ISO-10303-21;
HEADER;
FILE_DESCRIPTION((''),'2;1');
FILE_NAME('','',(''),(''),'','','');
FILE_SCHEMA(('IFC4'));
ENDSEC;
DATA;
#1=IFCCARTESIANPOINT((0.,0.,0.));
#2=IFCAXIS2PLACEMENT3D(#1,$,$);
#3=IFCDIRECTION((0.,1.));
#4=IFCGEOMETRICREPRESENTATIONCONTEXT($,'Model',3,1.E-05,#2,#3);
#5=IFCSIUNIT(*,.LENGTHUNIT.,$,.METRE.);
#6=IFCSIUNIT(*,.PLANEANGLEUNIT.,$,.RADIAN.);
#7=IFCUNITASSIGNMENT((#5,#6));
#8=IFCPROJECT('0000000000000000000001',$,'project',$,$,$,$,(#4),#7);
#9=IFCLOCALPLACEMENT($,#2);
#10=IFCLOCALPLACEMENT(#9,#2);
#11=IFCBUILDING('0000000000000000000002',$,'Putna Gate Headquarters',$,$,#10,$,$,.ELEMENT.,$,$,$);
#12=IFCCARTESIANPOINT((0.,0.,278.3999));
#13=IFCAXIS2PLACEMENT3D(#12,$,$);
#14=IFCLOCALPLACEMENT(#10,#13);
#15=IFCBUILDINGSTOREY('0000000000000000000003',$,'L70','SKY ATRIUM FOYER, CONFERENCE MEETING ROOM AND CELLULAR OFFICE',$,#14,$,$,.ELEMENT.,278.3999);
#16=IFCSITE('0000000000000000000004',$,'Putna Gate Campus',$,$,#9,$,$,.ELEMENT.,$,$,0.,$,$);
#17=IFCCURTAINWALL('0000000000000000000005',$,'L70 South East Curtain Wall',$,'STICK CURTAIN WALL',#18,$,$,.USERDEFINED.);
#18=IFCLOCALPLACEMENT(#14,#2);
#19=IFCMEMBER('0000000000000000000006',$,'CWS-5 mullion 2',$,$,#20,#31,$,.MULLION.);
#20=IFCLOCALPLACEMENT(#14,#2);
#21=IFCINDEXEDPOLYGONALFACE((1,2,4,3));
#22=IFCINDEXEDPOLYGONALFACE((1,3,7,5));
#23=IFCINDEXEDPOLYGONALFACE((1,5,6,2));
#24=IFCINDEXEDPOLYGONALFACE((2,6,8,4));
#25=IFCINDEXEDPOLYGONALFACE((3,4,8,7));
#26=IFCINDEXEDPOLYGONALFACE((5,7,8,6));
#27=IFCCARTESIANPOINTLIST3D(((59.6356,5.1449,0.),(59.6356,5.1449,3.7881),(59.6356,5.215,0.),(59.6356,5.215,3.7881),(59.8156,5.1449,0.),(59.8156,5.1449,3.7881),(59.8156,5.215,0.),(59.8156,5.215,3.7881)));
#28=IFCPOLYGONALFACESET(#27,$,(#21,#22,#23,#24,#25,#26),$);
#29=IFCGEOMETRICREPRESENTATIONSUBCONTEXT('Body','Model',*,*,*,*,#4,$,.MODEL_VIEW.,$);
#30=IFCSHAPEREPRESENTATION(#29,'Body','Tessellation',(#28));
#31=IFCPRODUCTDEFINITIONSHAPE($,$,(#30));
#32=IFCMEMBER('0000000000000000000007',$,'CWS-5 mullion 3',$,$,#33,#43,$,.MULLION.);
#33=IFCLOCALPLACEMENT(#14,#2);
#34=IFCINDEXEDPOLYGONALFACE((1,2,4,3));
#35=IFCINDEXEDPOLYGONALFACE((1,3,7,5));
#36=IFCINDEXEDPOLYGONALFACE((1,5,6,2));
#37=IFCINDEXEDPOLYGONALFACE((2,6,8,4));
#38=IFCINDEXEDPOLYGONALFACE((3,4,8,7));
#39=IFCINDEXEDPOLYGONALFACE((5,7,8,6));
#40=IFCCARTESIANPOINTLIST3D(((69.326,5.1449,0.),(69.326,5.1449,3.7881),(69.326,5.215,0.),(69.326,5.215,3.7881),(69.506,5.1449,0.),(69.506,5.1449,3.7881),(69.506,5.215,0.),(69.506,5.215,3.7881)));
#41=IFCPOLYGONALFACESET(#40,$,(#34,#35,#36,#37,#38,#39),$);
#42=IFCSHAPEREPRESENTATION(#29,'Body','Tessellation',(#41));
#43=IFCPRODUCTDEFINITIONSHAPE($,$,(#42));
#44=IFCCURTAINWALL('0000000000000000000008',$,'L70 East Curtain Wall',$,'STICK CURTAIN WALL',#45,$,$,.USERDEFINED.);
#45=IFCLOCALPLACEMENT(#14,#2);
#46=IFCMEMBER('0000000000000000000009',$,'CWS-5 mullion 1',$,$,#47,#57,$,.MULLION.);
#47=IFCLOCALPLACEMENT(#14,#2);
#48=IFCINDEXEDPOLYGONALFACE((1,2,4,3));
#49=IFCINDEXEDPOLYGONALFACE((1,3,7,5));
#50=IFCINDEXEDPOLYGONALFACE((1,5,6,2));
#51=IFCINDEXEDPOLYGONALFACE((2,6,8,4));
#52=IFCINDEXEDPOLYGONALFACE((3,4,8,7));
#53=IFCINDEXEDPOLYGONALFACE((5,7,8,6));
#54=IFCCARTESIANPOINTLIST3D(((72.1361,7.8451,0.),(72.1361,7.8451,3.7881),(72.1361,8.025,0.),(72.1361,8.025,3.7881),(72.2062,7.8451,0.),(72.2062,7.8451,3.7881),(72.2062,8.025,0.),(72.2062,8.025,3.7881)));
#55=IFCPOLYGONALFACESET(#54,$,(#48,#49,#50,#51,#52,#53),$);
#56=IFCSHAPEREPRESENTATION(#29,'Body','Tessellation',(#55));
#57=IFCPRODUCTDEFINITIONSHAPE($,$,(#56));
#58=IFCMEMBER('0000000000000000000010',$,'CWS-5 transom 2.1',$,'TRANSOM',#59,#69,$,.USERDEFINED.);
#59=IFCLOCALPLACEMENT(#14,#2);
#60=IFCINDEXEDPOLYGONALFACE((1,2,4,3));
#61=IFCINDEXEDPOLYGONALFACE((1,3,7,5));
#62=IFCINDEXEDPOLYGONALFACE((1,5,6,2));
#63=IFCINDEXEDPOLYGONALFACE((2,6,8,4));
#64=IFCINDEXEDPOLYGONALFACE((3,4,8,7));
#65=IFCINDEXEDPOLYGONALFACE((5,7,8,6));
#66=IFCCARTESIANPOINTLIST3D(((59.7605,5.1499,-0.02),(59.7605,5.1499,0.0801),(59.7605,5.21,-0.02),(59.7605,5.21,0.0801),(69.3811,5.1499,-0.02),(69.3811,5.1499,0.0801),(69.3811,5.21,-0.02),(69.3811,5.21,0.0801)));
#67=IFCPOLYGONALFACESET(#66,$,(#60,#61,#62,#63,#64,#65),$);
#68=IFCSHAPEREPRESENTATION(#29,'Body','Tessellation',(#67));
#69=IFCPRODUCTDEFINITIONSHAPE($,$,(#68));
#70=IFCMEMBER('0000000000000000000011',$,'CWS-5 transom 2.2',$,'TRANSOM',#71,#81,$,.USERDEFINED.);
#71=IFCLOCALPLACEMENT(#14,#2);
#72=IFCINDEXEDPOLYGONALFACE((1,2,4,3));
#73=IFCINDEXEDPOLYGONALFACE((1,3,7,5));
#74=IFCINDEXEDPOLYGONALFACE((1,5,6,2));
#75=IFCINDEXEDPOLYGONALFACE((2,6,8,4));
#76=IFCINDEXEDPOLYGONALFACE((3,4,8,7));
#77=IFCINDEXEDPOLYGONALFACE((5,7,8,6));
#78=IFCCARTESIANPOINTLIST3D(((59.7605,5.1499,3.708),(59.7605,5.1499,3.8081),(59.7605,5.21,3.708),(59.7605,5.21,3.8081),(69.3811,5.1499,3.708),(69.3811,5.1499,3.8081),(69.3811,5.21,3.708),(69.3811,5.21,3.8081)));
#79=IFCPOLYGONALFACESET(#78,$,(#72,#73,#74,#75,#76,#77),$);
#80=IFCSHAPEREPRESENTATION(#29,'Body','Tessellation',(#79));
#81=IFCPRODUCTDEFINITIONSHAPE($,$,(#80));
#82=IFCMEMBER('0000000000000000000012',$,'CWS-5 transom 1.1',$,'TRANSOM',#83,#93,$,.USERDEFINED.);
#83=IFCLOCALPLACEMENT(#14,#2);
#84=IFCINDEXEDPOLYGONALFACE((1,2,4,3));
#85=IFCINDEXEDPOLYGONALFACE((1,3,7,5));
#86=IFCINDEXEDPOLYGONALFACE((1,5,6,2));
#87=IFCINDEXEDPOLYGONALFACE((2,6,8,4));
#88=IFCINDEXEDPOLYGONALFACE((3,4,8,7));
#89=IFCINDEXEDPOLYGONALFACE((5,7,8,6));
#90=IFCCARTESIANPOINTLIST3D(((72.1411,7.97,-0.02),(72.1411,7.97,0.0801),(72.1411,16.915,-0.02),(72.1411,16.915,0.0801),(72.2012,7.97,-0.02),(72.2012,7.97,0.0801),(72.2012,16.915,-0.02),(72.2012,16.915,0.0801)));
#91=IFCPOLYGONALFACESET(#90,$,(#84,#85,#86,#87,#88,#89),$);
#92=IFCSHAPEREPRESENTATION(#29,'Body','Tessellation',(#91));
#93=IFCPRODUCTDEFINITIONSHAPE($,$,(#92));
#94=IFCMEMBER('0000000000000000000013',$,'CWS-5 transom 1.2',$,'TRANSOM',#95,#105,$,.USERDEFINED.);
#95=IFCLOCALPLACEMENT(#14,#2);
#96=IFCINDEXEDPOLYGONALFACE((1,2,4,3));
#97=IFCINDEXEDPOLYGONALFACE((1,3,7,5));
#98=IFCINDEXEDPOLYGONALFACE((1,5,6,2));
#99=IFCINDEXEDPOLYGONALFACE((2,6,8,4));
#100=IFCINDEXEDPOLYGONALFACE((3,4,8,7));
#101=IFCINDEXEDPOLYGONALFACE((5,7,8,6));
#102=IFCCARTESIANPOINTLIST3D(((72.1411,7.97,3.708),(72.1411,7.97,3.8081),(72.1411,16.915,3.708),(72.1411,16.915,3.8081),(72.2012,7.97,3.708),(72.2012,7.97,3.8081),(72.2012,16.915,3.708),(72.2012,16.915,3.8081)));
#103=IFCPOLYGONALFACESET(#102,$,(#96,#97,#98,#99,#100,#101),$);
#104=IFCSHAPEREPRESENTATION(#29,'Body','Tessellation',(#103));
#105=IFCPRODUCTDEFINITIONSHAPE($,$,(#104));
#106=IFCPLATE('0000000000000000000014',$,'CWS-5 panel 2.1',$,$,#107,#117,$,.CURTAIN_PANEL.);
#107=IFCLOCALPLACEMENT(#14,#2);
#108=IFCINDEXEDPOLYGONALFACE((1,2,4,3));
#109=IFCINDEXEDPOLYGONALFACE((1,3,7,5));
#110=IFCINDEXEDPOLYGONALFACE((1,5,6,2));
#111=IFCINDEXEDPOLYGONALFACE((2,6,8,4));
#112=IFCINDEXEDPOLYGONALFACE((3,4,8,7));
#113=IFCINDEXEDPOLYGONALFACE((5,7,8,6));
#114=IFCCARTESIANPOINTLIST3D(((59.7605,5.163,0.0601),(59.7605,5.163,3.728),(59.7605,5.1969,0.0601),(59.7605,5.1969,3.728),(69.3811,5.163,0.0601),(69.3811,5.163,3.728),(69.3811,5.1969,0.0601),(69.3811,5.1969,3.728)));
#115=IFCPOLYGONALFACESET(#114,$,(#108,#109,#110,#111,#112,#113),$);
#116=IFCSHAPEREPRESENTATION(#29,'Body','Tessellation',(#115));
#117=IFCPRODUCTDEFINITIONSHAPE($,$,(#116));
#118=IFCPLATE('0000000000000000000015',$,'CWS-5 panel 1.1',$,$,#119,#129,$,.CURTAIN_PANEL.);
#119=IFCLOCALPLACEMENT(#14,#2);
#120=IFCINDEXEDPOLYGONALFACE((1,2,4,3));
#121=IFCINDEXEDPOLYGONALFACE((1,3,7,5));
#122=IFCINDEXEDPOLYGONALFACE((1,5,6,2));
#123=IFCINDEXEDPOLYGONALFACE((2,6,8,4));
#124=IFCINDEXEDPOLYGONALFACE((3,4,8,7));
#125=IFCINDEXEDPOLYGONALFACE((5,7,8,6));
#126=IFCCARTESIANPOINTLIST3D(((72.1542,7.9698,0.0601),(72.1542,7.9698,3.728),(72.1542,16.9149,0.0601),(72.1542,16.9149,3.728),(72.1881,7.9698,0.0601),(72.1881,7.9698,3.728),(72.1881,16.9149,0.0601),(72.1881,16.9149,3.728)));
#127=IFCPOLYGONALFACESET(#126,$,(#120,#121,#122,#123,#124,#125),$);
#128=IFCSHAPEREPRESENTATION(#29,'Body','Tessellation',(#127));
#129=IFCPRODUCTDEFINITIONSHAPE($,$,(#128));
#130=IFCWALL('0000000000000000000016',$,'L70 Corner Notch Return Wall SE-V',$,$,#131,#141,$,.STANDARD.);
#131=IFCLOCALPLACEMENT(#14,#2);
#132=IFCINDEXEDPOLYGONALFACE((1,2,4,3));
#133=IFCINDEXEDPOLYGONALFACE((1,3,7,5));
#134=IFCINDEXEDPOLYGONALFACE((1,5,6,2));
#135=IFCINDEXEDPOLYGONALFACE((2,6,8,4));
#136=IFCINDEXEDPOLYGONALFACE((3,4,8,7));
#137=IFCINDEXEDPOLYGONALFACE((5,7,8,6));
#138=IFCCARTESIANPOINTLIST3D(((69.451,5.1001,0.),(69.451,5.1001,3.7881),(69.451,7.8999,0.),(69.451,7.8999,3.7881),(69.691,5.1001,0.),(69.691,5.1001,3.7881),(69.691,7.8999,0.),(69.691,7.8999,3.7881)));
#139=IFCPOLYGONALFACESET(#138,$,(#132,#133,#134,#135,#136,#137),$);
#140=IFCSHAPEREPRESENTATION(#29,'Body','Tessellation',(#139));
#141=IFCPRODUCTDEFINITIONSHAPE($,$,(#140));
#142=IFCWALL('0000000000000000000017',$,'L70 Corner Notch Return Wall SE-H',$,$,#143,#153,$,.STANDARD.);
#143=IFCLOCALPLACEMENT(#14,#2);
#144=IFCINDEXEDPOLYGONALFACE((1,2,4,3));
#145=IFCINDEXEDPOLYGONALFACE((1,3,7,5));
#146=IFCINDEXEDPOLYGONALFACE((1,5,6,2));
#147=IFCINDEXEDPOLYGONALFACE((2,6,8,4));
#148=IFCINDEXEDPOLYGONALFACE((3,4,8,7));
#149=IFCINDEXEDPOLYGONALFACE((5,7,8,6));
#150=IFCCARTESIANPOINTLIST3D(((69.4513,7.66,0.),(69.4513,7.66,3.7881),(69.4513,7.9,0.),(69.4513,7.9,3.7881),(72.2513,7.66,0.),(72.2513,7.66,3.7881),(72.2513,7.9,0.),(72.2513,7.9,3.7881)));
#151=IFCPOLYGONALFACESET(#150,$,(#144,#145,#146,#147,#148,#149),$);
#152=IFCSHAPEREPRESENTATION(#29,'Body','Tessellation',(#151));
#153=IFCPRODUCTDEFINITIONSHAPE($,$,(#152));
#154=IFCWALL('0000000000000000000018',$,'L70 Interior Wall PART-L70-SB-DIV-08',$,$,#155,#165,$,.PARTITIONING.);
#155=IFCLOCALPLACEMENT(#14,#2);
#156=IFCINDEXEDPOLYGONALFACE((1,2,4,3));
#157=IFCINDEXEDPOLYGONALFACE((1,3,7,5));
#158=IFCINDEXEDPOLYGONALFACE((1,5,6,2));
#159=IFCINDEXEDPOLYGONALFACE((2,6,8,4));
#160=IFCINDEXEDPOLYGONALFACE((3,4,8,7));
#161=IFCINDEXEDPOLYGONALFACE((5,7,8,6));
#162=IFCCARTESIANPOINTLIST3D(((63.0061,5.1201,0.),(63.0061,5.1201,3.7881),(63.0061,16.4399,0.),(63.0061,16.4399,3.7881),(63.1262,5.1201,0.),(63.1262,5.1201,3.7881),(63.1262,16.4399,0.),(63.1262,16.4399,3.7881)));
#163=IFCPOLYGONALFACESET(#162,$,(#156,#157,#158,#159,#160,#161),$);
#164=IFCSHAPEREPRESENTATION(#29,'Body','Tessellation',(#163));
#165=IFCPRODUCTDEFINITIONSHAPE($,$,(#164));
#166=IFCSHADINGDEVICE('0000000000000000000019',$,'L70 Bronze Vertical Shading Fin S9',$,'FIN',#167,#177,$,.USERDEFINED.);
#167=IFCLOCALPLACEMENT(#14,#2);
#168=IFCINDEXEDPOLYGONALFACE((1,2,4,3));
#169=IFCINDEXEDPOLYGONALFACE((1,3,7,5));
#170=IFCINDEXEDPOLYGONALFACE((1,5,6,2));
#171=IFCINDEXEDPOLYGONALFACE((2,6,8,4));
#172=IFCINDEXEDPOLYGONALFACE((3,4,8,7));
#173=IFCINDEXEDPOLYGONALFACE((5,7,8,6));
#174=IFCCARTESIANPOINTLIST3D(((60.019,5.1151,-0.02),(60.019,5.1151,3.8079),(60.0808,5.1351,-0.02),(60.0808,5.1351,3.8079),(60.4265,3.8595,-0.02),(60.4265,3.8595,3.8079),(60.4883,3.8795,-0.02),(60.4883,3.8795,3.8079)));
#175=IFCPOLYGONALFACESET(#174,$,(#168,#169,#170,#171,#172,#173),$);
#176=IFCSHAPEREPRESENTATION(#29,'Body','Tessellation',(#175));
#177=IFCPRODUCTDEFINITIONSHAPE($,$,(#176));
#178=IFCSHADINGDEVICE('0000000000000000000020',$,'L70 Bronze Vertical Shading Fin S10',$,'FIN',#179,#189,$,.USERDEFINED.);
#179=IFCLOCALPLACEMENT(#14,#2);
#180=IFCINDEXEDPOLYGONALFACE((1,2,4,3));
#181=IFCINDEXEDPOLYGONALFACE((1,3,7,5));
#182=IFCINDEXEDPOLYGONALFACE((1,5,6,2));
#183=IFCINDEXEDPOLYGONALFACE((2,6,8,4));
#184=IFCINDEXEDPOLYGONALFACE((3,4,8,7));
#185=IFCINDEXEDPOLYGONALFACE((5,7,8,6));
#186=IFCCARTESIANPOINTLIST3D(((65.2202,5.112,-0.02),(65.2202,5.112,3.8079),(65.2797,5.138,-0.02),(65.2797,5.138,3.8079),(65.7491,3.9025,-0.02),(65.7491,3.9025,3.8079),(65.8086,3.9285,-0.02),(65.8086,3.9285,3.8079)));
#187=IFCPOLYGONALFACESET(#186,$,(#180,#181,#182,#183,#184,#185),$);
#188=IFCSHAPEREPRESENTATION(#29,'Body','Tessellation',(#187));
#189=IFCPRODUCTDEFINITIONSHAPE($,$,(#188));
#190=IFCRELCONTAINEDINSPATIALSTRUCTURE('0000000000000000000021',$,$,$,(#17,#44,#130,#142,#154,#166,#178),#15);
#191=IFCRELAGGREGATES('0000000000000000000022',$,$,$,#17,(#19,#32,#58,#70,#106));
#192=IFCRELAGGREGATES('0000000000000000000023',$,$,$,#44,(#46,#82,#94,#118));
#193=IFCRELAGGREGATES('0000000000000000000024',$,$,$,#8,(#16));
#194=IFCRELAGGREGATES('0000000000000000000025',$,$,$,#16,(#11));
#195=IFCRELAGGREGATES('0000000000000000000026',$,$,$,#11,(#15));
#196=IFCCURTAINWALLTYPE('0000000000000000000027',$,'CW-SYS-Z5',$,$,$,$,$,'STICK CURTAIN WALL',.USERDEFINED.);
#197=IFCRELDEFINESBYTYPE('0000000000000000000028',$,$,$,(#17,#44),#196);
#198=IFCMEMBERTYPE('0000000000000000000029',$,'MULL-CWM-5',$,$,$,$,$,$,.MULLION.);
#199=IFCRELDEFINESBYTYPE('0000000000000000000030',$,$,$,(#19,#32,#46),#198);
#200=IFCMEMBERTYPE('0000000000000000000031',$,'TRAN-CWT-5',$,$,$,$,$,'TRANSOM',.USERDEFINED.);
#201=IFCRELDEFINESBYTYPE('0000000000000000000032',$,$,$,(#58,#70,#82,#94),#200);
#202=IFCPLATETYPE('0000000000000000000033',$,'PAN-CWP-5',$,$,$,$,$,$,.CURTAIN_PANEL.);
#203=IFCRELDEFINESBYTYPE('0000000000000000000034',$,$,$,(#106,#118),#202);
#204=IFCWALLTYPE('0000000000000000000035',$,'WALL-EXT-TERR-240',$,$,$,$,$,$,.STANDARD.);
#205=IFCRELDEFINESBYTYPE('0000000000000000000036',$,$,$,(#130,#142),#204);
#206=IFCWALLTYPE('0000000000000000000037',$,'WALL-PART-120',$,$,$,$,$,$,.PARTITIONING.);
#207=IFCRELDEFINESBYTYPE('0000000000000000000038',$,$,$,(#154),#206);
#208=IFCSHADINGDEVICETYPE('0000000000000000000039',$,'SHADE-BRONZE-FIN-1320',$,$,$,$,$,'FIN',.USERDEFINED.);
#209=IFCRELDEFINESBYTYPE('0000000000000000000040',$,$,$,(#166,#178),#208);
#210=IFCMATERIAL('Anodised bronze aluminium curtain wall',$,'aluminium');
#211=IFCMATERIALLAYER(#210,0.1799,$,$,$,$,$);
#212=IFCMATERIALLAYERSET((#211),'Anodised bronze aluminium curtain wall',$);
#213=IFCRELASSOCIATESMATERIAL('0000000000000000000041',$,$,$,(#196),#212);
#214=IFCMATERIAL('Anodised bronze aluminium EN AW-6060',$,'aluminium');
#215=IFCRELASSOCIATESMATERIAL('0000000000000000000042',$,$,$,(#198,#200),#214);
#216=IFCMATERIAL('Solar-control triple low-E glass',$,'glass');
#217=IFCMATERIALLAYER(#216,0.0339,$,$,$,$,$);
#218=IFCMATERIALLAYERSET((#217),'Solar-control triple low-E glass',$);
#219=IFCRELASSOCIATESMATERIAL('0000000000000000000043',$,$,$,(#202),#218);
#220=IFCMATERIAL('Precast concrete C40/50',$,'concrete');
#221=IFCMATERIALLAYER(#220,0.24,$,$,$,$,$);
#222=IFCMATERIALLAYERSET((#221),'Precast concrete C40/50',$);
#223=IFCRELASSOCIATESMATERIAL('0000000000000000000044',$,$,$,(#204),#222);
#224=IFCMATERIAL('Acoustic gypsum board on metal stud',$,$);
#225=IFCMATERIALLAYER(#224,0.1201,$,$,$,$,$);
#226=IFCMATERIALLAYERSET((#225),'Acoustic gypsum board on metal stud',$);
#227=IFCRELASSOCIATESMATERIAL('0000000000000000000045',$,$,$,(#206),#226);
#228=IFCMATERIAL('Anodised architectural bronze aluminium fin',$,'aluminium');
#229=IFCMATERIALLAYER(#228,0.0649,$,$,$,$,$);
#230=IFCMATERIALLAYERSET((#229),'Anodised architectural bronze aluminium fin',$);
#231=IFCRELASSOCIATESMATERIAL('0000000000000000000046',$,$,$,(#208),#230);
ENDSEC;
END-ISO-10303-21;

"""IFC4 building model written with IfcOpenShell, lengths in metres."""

from ifc_helpers import new_model, si_unit, direction, frame, frame_2d, origin, origin_2d, place, context, subcontext, project, spatial, rectangle, extrude, material, layer, layer_set, material_profile, profile_set, type_object, element, aggregate, save


model = new_model("IFC4")

# Units and contexts
model_context = context("Model", 3, precision=1e-05, world=origin(), true_north=direction((0.0, 1.0)))
body_context = subcontext(model_context, "Body", "Model", "MODEL_VIEW")
ifc_project = project(units=[si_unit("LENGTHUNIT", "METRE"), si_unit("PLANEANGLEUNIT", "RADIAN")], contexts=[model_context])

# Site, building, storey
site_placement = place(None, origin())
site = spatial("IfcSite", under=ifc_project, at=site_placement, Name="Putna Gate Campus", CompositionType="ELEMENT", RefElevation=0.0)
building_placement = place(site_placement, origin())
building = spatial("IfcBuilding", under=site, at=building_placement, Name="Putna Gate Headquarters", CompositionType="ELEMENT")
storey_placement = place(building_placement, frame((0.0, 0.0, 278.3999)))
storey = spatial("IfcBuildingStorey", under=building, at=storey_placement, Name="L70", Description="SKY ATRIUM FOYER, CONFERENCE MEETING ROOM AND CELLULAR OFFICE", CompositionType="ELEMENT", Elevation=278.3999)

# Curtain wall, members
ifc_material_1 = material(Name="Anodised bronze aluminium curtain wall", Category="aluminium")
ifc_layer_1 = layer(ifc_material_1, 0.1799)
ifc_layer_set_1 = layer_set([ifc_layer_1], Name="Anodised bronze aluminium curtain wall")
curtain_wall_type = type_object("IfcCurtainWallType", Name="CW-SYS-Z5", ElementType="STICK CURTAIN WALL", PredefinedType="USERDEFINED", material=ifc_layer_set_1)
curtain_wall_1_placement = place(storey_placement, origin())
curtain_wall_1 = element("IfcCurtainWall", 1, at=curtain_wall_1_placement, inside=storey, type_object=curtain_wall_type, Name="L70 South East Curtain Wall", ObjectType="STICK CURTAIN WALL", PredefinedType="USERDEFINED")
ifc_material_2 = material(Name="Anodised bronze aluminium EN AW-6060", Category="aluminium")
ifc_material_profile_1 = material_profile(ifc_material_2, rectangle(XDim=0.0701, YDim=0.1799, at=origin_2d()), Name="Anodised bronze aluminium EN AW-6060")
ifc_profile_set_1 = profile_set([ifc_material_profile_1], Name="Anodised bronze aluminium EN AW-6060")
member_type_1 = type_object("IfcMemberType", Name="MULL-CWM-5", PredefinedType="MULLION", material=ifc_profile_set_1)
member_1_placement = place(storey_placement, frame((59.7256, 5.1799, 0.0), z_axis=(0.0, 0.0, 1.0), x_axis=(0.0, 1.0, 0.0)))
member_1 = element("IfcMember", 2, at=member_1_placement, type_object=member_type_1, Name="CWS-5 mullion 2", PredefinedType="MULLION", context=body_context, shape_type="SweptSolid", body=[
    extrude(rectangle(XDim=0.0701, YDim=0.1799, at=origin_2d()), origin(), (0.0, 0.0, 1.0), 3.7881),
])
member_2_placement = place(storey_placement, frame((69.416, 5.1799, 0.0), z_axis=(0.0, 0.0, 1.0), x_axis=(0.0, 1.0, 0.0)))
member_2 = element("IfcMember", 3, at=member_2_placement, type_object=member_type_1, Name="CWS-5 mullion 3", PredefinedType="MULLION", context=body_context, shape_type="SweptSolid", body=[
    extrude(rectangle(XDim=0.0701, YDim=0.1799, at=origin_2d()), origin(), (0.0, 0.0, 1.0), 3.7881),
])

# Curtain wall, member
curtain_wall_2_placement = place(storey_placement, origin())
curtain_wall_2 = element("IfcCurtainWall", 4, at=curtain_wall_2_placement, inside=storey, type_object=curtain_wall_type, Name="L70 East Curtain Wall", ObjectType="STICK CURTAIN WALL", PredefinedType="USERDEFINED")
member_3_placement = place(storey_placement, frame((72.1711, 7.9351, 0.0), z_axis=(0.0, 0.0, 1.0), x_axis=(-1.0, 0.0, 0.0)))
member_3 = element("IfcMember", 5, at=member_3_placement, type_object=member_type_1, Name="CWS-5 mullion 1", PredefinedType="MULLION", context=body_context, shape_type="SweptSolid", body=[
    extrude(rectangle(XDim=0.0701, YDim=0.1799, at=origin_2d()), origin(), (0.0, 0.0, 1.0), 3.7881),
])

# Members
ifc_material_profile_2 = material_profile(ifc_material_2, rectangle(XDim=0.0601, YDim=0.1001, at=origin_2d()), Name="Anodised bronze aluminium EN AW-6060")
ifc_profile_set_2 = profile_set([ifc_material_profile_2], Name="Anodised bronze aluminium EN AW-6060")
member_type_2 = type_object("IfcMemberType", Name="TRAN-CWT-5", ElementType="TRANSOM", PredefinedType="USERDEFINED", material=ifc_profile_set_2)
member_4_placement = place(storey_placement, frame((59.7605, 5.1799, 0.03), z_axis=(1.0, 0.0, 0.0), x_axis=(0.0, 1.0, 0.0)))
member_4 = element("IfcMember", 6, at=member_4_placement, type_object=member_type_2, Name="CWS-5 transom 2.1", ObjectType="TRANSOM", PredefinedType="USERDEFINED", context=body_context, shape_type="SweptSolid", body=[
    extrude(rectangle(XDim=0.0601, YDim=0.1001, at=origin_2d()), origin(), (0.0, 0.0, 1.0), 9.6206),
])
member_5_placement = place(storey_placement, frame((59.7605, 5.1799, 3.7581), z_axis=(1.0, 0.0, 0.0), x_axis=(0.0, 1.0, 0.0)))
member_5 = element("IfcMember", 7, at=member_5_placement, type_object=member_type_2, Name="CWS-5 transom 2.2", ObjectType="TRANSOM", PredefinedType="USERDEFINED", context=body_context, shape_type="SweptSolid", body=[
    extrude(rectangle(XDim=0.0601, YDim=0.1001, at=origin_2d()), origin(), (0.0, 0.0, 1.0), 9.6206),
])
member_6_placement = place(storey_placement, frame((72.1711, 7.97, 0.03), z_axis=(0.0, 1.0, 0.0), x_axis=(-1.0, 0.0, 0.0)))
member_6 = element("IfcMember", 8, at=member_6_placement, type_object=member_type_2, Name="CWS-5 transom 1.1", ObjectType="TRANSOM", PredefinedType="USERDEFINED", context=body_context, shape_type="SweptSolid", body=[
    extrude(rectangle(XDim=0.0601, YDim=0.1001, at=origin_2d()), origin(), (0.0, 0.0, 1.0), 8.9451),
])
member_7_placement = place(storey_placement, frame((72.1711, 7.97, 3.7581), z_axis=(0.0, 1.0, 0.0), x_axis=(-1.0, 0.0, 0.0)))
member_7 = element("IfcMember", 9, at=member_7_placement, type_object=member_type_2, Name="CWS-5 transom 1.2", ObjectType="TRANSOM", PredefinedType="USERDEFINED", context=body_context, shape_type="SweptSolid", body=[
    extrude(rectangle(XDim=0.0601, YDim=0.1001, at=origin_2d()), origin(), (0.0, 0.0, 1.0), 8.9451),
])

# Plates
ifc_material_3 = material(Name="Solar-control triple low-E glass", Category="glass")
ifc_layer_2 = layer(ifc_material_3, 0.0339)
ifc_layer_set_2 = layer_set([ifc_layer_2], Name="Solar-control triple low-E glass")
plate_type = type_object("IfcPlateType", Name="PAN-CWP-5", PredefinedType="CURTAIN_PANEL", material=ifc_layer_set_2)
plate_1_placement = place(storey_placement, frame((64.5708, 5.1799, 0.0601), z_axis=(0.0, 0.0, 1.0), x_axis=(1.0, 0.0, 0.0)))
plate_1 = element("IfcPlate", 10, at=plate_1_placement, type_object=plate_type, Name="CWS-5 panel 2.1", PredefinedType="CURTAIN_PANEL", context=body_context, shape_type="SweptSolid", body=[
    extrude(rectangle(XDim=9.6206, YDim=0.0339, at=origin_2d()), origin(), (0.0, 0.0, 1.0), 3.668),
])
aggregate(curtain_wall_1, [member_1, member_2, member_4, member_5, plate_1])
plate_2_placement = place(storey_placement, frame((72.1711, 12.4424, 0.0601), z_axis=(0.0, 0.0, 1.0), x_axis=(0.0, 1.0, 0.0)))
plate_2 = element("IfcPlate", 11, at=plate_2_placement, type_object=plate_type, Name="CWS-5 panel 1.1", PredefinedType="CURTAIN_PANEL", context=body_context, shape_type="SweptSolid", body=[
    extrude(rectangle(XDim=8.9451, YDim=0.0339, at=origin_2d()), origin(), (0.0, 0.0, 1.0), 3.668),
])
aggregate(curtain_wall_2, [member_3, member_6, member_7, plate_2])

# Walls
ifc_material_4 = material(Name="Precast concrete C40/50", Category="concrete")
ifc_layer_3 = layer(ifc_material_4, 0.24)
ifc_layer_set_3 = layer_set([ifc_layer_3], Name="Precast concrete C40/50")
wall_type_1 = type_object("IfcWallType", Name="WALL-EXT-TERR-240", PredefinedType="STANDARD", material=ifc_layer_set_3)
wall_1_placement = place(storey_placement, frame((69.571, 7.8999, 0.0), z_axis=(0.0, 0.0, 1.0), x_axis=(0.0, -1.0, 0.0)))
element("IfcWall", 12, at=wall_1_placement, inside=storey, type_object=wall_type_1, Name="L70 Corner Notch Return Wall SE-V", PredefinedType="STANDARD", context=body_context, shape_type="SweptSolid", body=[
    extrude(rectangle(XDim=2.7998, YDim=0.24, at=frame_2d((1.3999, 0.0))), origin(), (0.0, 0.0, 1.0), 3.7881),
])
wall_2_placement = place(storey_placement, frame((72.2512, 7.78, 0.0), z_axis=(0.0, 0.0, 1.0), x_axis=(-1.0, 0.0, 0.0)))
element("IfcWall", 13, at=wall_2_placement, inside=storey, type_object=wall_type_1, Name="L70 Corner Notch Return Wall SE-H", PredefinedType="STANDARD", context=body_context, shape_type="SweptSolid", body=[
    extrude(rectangle(XDim=2.8, YDim=0.24, at=frame_2d((1.3999, 0.0))), origin(), (0.0, 0.0, 1.0), 3.7881),
])
ifc_material_5 = material(Name="Acoustic gypsum board on metal stud")
ifc_layer_4 = layer(ifc_material_5, 0.1201)
ifc_layer_set_4 = layer_set([ifc_layer_4], Name="Acoustic gypsum board on metal stud")
wall_type_2 = type_object("IfcWallType", Name="WALL-PART-120", PredefinedType="PARTITIONING", material=ifc_layer_set_4)
wall_3_placement = place(storey_placement, frame((63.0662, 5.1201, 0.0), z_axis=(0.0, 0.0, 1.0), x_axis=(0.0, 1.0, 0.0)))
element("IfcWall", 14, at=wall_3_placement, inside=storey, type_object=wall_type_2, Name="L70 Interior Wall PART-L70-SB-DIV-08", PredefinedType="PARTITIONING", context=body_context, shape_type="SweptSolid", body=[
    extrude(rectangle(XDim=11.3198, YDim=0.1201, at=frame_2d((5.6599, 0.0))), origin(), (0.0, 0.0, 1.0), 3.7881),
])

# Shading devices
ifc_material_6 = material(Name="Anodised architectural bronze aluminium fin", Category="aluminium")
ifc_layer_5 = layer(ifc_material_6, 0.0649)
ifc_layer_set_5 = layer_set([ifc_layer_5], Name="Anodised architectural bronze aluminium fin")
shading_device_type = type_object("IfcShadingDeviceType", Name="SHADE-BRONZE-FIN-1320", ElementType="FIN", PredefinedType="USERDEFINED", material=ifc_layer_set_5)
for number, where, z_axis, x_axis, name in (
    (15, (60.2537, 4.4973, -0.02), (0.0, 0.0, 1.0), (0.308685, -0.951164, 0.0), "L70 Bronze Vertical Shading Fin S9"),
    (16, (65.5144, 4.5203, -0.02), (0.0, 0.0, 1.0), (0.400669, -0.916223, 0.0), "L70 Bronze Vertical Shading Fin S10"),
):
    element("IfcShadingDevice", number, at=place(storey_placement, frame(where, z_axis=z_axis, x_axis=x_axis)), inside=storey, type_object=shading_device_type, Name=name, ObjectType="FIN", PredefinedType="USERDEFINED", context=body_context, shape_type="SweptSolid", body=[
        extrude(rectangle(XDim=1.3201, YDim=0.0649, at=origin_2d()), origin(), (0.0, 0.0, 1.0), 3.8279),
    ])

save(model, "model.ifc")
